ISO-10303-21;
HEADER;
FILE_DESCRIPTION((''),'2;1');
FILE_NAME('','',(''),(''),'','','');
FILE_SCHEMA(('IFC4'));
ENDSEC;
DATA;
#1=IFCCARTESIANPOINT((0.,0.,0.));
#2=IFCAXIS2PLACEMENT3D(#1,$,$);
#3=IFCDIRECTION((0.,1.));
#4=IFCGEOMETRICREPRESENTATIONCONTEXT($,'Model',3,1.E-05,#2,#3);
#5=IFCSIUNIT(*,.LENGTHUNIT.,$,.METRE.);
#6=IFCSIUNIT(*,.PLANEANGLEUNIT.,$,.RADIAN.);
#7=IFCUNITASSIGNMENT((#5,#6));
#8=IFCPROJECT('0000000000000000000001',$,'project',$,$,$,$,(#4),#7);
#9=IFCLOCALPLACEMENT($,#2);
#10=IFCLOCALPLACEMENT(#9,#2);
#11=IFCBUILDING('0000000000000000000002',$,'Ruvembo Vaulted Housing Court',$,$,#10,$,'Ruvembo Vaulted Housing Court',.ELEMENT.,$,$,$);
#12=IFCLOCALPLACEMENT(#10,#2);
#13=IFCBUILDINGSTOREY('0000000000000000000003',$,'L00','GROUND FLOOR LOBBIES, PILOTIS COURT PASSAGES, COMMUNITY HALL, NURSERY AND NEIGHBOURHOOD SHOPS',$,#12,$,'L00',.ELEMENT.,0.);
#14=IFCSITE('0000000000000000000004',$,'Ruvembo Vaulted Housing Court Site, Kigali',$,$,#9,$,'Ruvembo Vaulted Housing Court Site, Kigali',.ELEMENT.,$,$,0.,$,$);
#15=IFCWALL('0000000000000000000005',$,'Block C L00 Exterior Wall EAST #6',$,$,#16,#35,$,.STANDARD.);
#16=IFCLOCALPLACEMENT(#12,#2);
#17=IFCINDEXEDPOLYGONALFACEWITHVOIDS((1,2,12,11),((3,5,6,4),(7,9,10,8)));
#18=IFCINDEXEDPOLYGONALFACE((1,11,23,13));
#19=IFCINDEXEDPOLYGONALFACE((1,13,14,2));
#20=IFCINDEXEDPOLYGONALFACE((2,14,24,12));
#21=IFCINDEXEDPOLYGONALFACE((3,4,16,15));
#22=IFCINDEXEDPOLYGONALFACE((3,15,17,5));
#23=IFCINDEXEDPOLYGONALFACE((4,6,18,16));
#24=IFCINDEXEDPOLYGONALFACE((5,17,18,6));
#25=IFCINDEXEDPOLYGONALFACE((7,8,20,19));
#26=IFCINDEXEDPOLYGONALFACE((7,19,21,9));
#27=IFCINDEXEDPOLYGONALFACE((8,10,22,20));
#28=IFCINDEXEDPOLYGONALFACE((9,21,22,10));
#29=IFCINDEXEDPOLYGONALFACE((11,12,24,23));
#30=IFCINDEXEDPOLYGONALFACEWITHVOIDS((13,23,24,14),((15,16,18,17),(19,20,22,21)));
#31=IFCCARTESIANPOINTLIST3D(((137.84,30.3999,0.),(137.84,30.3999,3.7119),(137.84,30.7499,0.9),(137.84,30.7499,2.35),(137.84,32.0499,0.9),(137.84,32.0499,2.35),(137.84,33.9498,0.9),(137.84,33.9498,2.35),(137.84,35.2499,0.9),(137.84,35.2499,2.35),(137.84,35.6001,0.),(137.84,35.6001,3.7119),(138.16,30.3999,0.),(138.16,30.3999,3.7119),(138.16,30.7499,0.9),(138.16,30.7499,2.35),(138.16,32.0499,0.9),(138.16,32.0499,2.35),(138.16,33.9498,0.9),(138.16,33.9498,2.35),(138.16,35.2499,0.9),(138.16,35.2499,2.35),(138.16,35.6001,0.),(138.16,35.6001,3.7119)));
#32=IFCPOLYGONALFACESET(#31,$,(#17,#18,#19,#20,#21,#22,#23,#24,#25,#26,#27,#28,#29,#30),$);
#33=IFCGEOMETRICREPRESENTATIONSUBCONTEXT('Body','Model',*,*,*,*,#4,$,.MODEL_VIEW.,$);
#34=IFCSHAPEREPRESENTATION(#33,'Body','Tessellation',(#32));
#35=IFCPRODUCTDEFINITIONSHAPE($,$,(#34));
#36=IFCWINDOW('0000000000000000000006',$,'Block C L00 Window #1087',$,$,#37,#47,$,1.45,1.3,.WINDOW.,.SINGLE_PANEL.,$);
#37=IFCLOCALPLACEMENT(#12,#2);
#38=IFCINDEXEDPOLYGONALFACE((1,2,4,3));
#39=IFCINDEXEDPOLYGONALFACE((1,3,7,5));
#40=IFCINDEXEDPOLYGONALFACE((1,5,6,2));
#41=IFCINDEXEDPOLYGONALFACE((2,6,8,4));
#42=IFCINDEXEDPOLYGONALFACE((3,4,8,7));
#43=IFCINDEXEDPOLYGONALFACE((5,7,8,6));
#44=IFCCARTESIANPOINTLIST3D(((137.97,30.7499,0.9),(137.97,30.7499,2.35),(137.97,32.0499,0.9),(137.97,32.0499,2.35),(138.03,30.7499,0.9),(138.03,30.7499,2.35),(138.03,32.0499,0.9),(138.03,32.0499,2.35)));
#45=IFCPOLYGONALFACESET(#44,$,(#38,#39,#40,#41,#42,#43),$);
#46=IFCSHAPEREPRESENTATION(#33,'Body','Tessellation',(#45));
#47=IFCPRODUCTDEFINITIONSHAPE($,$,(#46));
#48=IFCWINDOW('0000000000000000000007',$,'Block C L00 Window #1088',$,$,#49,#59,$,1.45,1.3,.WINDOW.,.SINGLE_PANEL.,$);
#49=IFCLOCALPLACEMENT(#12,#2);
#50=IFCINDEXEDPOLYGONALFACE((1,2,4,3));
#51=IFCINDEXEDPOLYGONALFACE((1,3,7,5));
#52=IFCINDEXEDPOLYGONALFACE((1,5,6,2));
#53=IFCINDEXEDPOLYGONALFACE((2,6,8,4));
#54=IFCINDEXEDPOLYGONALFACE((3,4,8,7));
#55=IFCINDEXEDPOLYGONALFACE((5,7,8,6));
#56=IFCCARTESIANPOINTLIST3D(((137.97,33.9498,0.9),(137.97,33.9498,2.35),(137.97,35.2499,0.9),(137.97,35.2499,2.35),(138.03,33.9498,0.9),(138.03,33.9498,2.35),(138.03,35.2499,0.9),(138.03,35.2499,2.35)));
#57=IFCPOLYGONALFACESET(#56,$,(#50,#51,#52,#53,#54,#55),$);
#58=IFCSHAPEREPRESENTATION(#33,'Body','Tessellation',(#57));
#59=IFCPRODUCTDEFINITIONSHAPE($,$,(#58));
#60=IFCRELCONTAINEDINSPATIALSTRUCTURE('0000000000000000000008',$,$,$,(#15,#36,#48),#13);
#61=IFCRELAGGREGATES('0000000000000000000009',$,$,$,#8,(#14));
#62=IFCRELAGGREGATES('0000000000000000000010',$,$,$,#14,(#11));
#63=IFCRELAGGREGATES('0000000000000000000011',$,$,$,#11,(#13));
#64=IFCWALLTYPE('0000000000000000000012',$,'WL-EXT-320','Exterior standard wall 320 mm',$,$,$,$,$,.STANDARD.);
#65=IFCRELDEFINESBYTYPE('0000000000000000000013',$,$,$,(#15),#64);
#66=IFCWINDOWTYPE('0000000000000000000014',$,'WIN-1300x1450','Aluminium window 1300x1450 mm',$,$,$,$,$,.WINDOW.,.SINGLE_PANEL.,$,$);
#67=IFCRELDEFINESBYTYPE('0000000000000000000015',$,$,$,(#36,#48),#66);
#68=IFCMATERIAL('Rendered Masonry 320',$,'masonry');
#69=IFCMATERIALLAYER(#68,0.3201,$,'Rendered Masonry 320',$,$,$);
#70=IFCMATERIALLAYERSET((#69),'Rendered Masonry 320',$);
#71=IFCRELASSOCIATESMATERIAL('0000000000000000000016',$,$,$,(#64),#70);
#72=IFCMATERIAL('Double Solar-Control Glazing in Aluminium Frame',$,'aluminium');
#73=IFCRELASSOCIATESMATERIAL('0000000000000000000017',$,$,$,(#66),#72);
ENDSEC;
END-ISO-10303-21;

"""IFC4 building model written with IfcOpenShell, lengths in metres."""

from ifc_helpers import new_model, si_unit, direction, frame, frame_2d, origin, place, context, subcontext, project, spatial, rectangle, extrude, material, layer, layer_set, type_object, element, fill, save


model = new_model("IFC4")

# Units and contexts
model_context = context("Model", 3, precision=1e-05, world=origin(), true_north=direction((0.0, 1.0)))
body_context = subcontext(model_context, "Body", "Model", "MODEL_VIEW")
ifc_project = project(units=[si_unit("LENGTHUNIT", "METRE"), si_unit("PLANEANGLEUNIT", "RADIAN")], contexts=[model_context])

# Site, building, storey
site_placement = place(None, origin())
site = spatial("IfcSite", under=ifc_project, at=site_placement, Name="Ruvembo Vaulted Housing Court Site, Kigali", LongName="Ruvembo Vaulted Housing Court Site, Kigali", CompositionType="ELEMENT", RefElevation=0.0)
building_placement = place(site_placement, origin())
building = spatial("IfcBuilding", under=site, at=building_placement, Name="Ruvembo Vaulted Housing Court", LongName="Ruvembo Vaulted Housing Court", CompositionType="ELEMENT")
storey_placement = place(building_placement, origin())
storey = spatial("IfcBuildingStorey", under=building, at=storey_placement, Name="L00", Description="GROUND FLOOR LOBBIES, PILOTIS COURT PASSAGES, COMMUNITY HALL, NURSERY AND NEIGHBOURHOOD SHOPS", LongName="L00", CompositionType="ELEMENT", Elevation=0.0)

# Shared definitions
ifc_material_1 = material(Name="Double Solar-Control Glazing in Aluminium Frame", Category="aluminium")

# Wall, openings, windows
ifc_material_2 = material(Name="Rendered Masonry 320", Category="masonry")
ifc_layer_1 = layer(ifc_material_2, 0.3201, Name="Rendered Masonry 320")
ifc_layer_set_1 = layer_set([ifc_layer_1], Name="Rendered Masonry 320")
wall_type_1 = type_object("IfcWallType", Name="WL-EXT-320", Description="Exterior standard wall 320 mm", PredefinedType="STANDARD", material=ifc_layer_set_1)
wall_1_placement = place(storey_placement, frame((138.0, 30.3999, 0.0), z_axis=(0.0, 0.0, 1.0), x_axis=(0.0, 1.0, 0.0)))
wall_1 = element("IfcWall", 1, at=wall_1_placement, inside=storey, type_object=wall_type_1, Name="Block C L00 Exterior Wall EAST #6", PredefinedType="STANDARD", context=body_context, shape_type="SweptSolid", body=[
    extrude(rectangle(XDim=5.2002, YDim=0.3201, at=frame_2d((2.6001, 0.0))), origin(), (0.0, 0.0, 1.0), 3.7119),
])
opening_1_placement = place(wall_1_placement, frame((0.3501, 0.0, 0.8999)))
opening_1 = element("IfcOpeningElement", 2, at=opening_1_placement, cuts=wall_1, PredefinedType="OPENING", context=body_context, shape_type="SweptSolid", body=[
    extrude(rectangle(XDim=1.3, YDim=1.45, at=frame_2d((0.6499, 0.7251))), frame((0.0, 0.1699, 0.0), z_axis=(0.0, -1.0, 0.0), x_axis=(1.0, 0.0, 0.0)), (0.0, 0.0, 1.0), 0.3401),
])
opening_2_placement = place(wall_1_placement, frame((3.55, 0.0, 0.8999)))
opening_2 = element("IfcOpeningElement", 3, at=opening_2_placement, cuts=wall_1, PredefinedType="OPENING", context=body_context, shape_type="SweptSolid", body=[
    extrude(rectangle(XDim=1.3, YDim=1.45, at=frame_2d((0.6499, 0.7251))), frame((0.0, 0.1699, 0.0), z_axis=(0.0, -1.0, 0.0), x_axis=(1.0, 0.0, 0.0)), (0.0, 0.0, 1.0), 0.3401),
])
window_type_1 = type_object("IfcWindowType", Name="WIN-1300x1450", Description="Aluminium window 1300x1450 mm", PartitioningType="SINGLE_PANEL", PredefinedType="WINDOW", material=ifc_material_1)
window_1_placement = place(opening_1_placement, origin())
window_1 = element("IfcWindow", 4, at=window_1_placement, inside=storey, type_object=window_type_1, Name="Block C L00 Window #1087", OverallHeight=1.45, OverallWidth=1.3, PartitioningType="SINGLE_PANEL", PredefinedType="WINDOW", context=body_context, shape_type="SweptSolid", body=[
    extrude(rectangle(XDim=1.3, YDim=1.45, at=frame_2d((0.6499, 0.7251))), frame((0.0, 0.03, 0.0), z_axis=(0.0, -1.0, 0.0), x_axis=(1.0, 0.0, 0.0)), (0.0, 0.0, 1.0), 0.0601),
])
fill(opening_1, window_1)
window_2_placement = place(opening_2_placement, origin())
window_2 = element("IfcWindow", 5, at=window_2_placement, inside=storey, type_object=window_type_1, Name="Block C L00 Window #1088", OverallHeight=1.45, OverallWidth=1.3, PartitioningType="SINGLE_PANEL", PredefinedType="WINDOW", context=body_context, shape_type="SweptSolid", body=[
    extrude(rectangle(XDim=1.3, YDim=1.45, at=frame_2d((0.6499, 0.7251))), frame((0.0, 0.03, 0.0), z_axis=(0.0, -1.0, 0.0), x_axis=(1.0, 0.0, 0.0)), (0.0, 0.0, 1.0), 0.0601),
])
fill(opening_2, window_2)

save(model, "model.ifc")
